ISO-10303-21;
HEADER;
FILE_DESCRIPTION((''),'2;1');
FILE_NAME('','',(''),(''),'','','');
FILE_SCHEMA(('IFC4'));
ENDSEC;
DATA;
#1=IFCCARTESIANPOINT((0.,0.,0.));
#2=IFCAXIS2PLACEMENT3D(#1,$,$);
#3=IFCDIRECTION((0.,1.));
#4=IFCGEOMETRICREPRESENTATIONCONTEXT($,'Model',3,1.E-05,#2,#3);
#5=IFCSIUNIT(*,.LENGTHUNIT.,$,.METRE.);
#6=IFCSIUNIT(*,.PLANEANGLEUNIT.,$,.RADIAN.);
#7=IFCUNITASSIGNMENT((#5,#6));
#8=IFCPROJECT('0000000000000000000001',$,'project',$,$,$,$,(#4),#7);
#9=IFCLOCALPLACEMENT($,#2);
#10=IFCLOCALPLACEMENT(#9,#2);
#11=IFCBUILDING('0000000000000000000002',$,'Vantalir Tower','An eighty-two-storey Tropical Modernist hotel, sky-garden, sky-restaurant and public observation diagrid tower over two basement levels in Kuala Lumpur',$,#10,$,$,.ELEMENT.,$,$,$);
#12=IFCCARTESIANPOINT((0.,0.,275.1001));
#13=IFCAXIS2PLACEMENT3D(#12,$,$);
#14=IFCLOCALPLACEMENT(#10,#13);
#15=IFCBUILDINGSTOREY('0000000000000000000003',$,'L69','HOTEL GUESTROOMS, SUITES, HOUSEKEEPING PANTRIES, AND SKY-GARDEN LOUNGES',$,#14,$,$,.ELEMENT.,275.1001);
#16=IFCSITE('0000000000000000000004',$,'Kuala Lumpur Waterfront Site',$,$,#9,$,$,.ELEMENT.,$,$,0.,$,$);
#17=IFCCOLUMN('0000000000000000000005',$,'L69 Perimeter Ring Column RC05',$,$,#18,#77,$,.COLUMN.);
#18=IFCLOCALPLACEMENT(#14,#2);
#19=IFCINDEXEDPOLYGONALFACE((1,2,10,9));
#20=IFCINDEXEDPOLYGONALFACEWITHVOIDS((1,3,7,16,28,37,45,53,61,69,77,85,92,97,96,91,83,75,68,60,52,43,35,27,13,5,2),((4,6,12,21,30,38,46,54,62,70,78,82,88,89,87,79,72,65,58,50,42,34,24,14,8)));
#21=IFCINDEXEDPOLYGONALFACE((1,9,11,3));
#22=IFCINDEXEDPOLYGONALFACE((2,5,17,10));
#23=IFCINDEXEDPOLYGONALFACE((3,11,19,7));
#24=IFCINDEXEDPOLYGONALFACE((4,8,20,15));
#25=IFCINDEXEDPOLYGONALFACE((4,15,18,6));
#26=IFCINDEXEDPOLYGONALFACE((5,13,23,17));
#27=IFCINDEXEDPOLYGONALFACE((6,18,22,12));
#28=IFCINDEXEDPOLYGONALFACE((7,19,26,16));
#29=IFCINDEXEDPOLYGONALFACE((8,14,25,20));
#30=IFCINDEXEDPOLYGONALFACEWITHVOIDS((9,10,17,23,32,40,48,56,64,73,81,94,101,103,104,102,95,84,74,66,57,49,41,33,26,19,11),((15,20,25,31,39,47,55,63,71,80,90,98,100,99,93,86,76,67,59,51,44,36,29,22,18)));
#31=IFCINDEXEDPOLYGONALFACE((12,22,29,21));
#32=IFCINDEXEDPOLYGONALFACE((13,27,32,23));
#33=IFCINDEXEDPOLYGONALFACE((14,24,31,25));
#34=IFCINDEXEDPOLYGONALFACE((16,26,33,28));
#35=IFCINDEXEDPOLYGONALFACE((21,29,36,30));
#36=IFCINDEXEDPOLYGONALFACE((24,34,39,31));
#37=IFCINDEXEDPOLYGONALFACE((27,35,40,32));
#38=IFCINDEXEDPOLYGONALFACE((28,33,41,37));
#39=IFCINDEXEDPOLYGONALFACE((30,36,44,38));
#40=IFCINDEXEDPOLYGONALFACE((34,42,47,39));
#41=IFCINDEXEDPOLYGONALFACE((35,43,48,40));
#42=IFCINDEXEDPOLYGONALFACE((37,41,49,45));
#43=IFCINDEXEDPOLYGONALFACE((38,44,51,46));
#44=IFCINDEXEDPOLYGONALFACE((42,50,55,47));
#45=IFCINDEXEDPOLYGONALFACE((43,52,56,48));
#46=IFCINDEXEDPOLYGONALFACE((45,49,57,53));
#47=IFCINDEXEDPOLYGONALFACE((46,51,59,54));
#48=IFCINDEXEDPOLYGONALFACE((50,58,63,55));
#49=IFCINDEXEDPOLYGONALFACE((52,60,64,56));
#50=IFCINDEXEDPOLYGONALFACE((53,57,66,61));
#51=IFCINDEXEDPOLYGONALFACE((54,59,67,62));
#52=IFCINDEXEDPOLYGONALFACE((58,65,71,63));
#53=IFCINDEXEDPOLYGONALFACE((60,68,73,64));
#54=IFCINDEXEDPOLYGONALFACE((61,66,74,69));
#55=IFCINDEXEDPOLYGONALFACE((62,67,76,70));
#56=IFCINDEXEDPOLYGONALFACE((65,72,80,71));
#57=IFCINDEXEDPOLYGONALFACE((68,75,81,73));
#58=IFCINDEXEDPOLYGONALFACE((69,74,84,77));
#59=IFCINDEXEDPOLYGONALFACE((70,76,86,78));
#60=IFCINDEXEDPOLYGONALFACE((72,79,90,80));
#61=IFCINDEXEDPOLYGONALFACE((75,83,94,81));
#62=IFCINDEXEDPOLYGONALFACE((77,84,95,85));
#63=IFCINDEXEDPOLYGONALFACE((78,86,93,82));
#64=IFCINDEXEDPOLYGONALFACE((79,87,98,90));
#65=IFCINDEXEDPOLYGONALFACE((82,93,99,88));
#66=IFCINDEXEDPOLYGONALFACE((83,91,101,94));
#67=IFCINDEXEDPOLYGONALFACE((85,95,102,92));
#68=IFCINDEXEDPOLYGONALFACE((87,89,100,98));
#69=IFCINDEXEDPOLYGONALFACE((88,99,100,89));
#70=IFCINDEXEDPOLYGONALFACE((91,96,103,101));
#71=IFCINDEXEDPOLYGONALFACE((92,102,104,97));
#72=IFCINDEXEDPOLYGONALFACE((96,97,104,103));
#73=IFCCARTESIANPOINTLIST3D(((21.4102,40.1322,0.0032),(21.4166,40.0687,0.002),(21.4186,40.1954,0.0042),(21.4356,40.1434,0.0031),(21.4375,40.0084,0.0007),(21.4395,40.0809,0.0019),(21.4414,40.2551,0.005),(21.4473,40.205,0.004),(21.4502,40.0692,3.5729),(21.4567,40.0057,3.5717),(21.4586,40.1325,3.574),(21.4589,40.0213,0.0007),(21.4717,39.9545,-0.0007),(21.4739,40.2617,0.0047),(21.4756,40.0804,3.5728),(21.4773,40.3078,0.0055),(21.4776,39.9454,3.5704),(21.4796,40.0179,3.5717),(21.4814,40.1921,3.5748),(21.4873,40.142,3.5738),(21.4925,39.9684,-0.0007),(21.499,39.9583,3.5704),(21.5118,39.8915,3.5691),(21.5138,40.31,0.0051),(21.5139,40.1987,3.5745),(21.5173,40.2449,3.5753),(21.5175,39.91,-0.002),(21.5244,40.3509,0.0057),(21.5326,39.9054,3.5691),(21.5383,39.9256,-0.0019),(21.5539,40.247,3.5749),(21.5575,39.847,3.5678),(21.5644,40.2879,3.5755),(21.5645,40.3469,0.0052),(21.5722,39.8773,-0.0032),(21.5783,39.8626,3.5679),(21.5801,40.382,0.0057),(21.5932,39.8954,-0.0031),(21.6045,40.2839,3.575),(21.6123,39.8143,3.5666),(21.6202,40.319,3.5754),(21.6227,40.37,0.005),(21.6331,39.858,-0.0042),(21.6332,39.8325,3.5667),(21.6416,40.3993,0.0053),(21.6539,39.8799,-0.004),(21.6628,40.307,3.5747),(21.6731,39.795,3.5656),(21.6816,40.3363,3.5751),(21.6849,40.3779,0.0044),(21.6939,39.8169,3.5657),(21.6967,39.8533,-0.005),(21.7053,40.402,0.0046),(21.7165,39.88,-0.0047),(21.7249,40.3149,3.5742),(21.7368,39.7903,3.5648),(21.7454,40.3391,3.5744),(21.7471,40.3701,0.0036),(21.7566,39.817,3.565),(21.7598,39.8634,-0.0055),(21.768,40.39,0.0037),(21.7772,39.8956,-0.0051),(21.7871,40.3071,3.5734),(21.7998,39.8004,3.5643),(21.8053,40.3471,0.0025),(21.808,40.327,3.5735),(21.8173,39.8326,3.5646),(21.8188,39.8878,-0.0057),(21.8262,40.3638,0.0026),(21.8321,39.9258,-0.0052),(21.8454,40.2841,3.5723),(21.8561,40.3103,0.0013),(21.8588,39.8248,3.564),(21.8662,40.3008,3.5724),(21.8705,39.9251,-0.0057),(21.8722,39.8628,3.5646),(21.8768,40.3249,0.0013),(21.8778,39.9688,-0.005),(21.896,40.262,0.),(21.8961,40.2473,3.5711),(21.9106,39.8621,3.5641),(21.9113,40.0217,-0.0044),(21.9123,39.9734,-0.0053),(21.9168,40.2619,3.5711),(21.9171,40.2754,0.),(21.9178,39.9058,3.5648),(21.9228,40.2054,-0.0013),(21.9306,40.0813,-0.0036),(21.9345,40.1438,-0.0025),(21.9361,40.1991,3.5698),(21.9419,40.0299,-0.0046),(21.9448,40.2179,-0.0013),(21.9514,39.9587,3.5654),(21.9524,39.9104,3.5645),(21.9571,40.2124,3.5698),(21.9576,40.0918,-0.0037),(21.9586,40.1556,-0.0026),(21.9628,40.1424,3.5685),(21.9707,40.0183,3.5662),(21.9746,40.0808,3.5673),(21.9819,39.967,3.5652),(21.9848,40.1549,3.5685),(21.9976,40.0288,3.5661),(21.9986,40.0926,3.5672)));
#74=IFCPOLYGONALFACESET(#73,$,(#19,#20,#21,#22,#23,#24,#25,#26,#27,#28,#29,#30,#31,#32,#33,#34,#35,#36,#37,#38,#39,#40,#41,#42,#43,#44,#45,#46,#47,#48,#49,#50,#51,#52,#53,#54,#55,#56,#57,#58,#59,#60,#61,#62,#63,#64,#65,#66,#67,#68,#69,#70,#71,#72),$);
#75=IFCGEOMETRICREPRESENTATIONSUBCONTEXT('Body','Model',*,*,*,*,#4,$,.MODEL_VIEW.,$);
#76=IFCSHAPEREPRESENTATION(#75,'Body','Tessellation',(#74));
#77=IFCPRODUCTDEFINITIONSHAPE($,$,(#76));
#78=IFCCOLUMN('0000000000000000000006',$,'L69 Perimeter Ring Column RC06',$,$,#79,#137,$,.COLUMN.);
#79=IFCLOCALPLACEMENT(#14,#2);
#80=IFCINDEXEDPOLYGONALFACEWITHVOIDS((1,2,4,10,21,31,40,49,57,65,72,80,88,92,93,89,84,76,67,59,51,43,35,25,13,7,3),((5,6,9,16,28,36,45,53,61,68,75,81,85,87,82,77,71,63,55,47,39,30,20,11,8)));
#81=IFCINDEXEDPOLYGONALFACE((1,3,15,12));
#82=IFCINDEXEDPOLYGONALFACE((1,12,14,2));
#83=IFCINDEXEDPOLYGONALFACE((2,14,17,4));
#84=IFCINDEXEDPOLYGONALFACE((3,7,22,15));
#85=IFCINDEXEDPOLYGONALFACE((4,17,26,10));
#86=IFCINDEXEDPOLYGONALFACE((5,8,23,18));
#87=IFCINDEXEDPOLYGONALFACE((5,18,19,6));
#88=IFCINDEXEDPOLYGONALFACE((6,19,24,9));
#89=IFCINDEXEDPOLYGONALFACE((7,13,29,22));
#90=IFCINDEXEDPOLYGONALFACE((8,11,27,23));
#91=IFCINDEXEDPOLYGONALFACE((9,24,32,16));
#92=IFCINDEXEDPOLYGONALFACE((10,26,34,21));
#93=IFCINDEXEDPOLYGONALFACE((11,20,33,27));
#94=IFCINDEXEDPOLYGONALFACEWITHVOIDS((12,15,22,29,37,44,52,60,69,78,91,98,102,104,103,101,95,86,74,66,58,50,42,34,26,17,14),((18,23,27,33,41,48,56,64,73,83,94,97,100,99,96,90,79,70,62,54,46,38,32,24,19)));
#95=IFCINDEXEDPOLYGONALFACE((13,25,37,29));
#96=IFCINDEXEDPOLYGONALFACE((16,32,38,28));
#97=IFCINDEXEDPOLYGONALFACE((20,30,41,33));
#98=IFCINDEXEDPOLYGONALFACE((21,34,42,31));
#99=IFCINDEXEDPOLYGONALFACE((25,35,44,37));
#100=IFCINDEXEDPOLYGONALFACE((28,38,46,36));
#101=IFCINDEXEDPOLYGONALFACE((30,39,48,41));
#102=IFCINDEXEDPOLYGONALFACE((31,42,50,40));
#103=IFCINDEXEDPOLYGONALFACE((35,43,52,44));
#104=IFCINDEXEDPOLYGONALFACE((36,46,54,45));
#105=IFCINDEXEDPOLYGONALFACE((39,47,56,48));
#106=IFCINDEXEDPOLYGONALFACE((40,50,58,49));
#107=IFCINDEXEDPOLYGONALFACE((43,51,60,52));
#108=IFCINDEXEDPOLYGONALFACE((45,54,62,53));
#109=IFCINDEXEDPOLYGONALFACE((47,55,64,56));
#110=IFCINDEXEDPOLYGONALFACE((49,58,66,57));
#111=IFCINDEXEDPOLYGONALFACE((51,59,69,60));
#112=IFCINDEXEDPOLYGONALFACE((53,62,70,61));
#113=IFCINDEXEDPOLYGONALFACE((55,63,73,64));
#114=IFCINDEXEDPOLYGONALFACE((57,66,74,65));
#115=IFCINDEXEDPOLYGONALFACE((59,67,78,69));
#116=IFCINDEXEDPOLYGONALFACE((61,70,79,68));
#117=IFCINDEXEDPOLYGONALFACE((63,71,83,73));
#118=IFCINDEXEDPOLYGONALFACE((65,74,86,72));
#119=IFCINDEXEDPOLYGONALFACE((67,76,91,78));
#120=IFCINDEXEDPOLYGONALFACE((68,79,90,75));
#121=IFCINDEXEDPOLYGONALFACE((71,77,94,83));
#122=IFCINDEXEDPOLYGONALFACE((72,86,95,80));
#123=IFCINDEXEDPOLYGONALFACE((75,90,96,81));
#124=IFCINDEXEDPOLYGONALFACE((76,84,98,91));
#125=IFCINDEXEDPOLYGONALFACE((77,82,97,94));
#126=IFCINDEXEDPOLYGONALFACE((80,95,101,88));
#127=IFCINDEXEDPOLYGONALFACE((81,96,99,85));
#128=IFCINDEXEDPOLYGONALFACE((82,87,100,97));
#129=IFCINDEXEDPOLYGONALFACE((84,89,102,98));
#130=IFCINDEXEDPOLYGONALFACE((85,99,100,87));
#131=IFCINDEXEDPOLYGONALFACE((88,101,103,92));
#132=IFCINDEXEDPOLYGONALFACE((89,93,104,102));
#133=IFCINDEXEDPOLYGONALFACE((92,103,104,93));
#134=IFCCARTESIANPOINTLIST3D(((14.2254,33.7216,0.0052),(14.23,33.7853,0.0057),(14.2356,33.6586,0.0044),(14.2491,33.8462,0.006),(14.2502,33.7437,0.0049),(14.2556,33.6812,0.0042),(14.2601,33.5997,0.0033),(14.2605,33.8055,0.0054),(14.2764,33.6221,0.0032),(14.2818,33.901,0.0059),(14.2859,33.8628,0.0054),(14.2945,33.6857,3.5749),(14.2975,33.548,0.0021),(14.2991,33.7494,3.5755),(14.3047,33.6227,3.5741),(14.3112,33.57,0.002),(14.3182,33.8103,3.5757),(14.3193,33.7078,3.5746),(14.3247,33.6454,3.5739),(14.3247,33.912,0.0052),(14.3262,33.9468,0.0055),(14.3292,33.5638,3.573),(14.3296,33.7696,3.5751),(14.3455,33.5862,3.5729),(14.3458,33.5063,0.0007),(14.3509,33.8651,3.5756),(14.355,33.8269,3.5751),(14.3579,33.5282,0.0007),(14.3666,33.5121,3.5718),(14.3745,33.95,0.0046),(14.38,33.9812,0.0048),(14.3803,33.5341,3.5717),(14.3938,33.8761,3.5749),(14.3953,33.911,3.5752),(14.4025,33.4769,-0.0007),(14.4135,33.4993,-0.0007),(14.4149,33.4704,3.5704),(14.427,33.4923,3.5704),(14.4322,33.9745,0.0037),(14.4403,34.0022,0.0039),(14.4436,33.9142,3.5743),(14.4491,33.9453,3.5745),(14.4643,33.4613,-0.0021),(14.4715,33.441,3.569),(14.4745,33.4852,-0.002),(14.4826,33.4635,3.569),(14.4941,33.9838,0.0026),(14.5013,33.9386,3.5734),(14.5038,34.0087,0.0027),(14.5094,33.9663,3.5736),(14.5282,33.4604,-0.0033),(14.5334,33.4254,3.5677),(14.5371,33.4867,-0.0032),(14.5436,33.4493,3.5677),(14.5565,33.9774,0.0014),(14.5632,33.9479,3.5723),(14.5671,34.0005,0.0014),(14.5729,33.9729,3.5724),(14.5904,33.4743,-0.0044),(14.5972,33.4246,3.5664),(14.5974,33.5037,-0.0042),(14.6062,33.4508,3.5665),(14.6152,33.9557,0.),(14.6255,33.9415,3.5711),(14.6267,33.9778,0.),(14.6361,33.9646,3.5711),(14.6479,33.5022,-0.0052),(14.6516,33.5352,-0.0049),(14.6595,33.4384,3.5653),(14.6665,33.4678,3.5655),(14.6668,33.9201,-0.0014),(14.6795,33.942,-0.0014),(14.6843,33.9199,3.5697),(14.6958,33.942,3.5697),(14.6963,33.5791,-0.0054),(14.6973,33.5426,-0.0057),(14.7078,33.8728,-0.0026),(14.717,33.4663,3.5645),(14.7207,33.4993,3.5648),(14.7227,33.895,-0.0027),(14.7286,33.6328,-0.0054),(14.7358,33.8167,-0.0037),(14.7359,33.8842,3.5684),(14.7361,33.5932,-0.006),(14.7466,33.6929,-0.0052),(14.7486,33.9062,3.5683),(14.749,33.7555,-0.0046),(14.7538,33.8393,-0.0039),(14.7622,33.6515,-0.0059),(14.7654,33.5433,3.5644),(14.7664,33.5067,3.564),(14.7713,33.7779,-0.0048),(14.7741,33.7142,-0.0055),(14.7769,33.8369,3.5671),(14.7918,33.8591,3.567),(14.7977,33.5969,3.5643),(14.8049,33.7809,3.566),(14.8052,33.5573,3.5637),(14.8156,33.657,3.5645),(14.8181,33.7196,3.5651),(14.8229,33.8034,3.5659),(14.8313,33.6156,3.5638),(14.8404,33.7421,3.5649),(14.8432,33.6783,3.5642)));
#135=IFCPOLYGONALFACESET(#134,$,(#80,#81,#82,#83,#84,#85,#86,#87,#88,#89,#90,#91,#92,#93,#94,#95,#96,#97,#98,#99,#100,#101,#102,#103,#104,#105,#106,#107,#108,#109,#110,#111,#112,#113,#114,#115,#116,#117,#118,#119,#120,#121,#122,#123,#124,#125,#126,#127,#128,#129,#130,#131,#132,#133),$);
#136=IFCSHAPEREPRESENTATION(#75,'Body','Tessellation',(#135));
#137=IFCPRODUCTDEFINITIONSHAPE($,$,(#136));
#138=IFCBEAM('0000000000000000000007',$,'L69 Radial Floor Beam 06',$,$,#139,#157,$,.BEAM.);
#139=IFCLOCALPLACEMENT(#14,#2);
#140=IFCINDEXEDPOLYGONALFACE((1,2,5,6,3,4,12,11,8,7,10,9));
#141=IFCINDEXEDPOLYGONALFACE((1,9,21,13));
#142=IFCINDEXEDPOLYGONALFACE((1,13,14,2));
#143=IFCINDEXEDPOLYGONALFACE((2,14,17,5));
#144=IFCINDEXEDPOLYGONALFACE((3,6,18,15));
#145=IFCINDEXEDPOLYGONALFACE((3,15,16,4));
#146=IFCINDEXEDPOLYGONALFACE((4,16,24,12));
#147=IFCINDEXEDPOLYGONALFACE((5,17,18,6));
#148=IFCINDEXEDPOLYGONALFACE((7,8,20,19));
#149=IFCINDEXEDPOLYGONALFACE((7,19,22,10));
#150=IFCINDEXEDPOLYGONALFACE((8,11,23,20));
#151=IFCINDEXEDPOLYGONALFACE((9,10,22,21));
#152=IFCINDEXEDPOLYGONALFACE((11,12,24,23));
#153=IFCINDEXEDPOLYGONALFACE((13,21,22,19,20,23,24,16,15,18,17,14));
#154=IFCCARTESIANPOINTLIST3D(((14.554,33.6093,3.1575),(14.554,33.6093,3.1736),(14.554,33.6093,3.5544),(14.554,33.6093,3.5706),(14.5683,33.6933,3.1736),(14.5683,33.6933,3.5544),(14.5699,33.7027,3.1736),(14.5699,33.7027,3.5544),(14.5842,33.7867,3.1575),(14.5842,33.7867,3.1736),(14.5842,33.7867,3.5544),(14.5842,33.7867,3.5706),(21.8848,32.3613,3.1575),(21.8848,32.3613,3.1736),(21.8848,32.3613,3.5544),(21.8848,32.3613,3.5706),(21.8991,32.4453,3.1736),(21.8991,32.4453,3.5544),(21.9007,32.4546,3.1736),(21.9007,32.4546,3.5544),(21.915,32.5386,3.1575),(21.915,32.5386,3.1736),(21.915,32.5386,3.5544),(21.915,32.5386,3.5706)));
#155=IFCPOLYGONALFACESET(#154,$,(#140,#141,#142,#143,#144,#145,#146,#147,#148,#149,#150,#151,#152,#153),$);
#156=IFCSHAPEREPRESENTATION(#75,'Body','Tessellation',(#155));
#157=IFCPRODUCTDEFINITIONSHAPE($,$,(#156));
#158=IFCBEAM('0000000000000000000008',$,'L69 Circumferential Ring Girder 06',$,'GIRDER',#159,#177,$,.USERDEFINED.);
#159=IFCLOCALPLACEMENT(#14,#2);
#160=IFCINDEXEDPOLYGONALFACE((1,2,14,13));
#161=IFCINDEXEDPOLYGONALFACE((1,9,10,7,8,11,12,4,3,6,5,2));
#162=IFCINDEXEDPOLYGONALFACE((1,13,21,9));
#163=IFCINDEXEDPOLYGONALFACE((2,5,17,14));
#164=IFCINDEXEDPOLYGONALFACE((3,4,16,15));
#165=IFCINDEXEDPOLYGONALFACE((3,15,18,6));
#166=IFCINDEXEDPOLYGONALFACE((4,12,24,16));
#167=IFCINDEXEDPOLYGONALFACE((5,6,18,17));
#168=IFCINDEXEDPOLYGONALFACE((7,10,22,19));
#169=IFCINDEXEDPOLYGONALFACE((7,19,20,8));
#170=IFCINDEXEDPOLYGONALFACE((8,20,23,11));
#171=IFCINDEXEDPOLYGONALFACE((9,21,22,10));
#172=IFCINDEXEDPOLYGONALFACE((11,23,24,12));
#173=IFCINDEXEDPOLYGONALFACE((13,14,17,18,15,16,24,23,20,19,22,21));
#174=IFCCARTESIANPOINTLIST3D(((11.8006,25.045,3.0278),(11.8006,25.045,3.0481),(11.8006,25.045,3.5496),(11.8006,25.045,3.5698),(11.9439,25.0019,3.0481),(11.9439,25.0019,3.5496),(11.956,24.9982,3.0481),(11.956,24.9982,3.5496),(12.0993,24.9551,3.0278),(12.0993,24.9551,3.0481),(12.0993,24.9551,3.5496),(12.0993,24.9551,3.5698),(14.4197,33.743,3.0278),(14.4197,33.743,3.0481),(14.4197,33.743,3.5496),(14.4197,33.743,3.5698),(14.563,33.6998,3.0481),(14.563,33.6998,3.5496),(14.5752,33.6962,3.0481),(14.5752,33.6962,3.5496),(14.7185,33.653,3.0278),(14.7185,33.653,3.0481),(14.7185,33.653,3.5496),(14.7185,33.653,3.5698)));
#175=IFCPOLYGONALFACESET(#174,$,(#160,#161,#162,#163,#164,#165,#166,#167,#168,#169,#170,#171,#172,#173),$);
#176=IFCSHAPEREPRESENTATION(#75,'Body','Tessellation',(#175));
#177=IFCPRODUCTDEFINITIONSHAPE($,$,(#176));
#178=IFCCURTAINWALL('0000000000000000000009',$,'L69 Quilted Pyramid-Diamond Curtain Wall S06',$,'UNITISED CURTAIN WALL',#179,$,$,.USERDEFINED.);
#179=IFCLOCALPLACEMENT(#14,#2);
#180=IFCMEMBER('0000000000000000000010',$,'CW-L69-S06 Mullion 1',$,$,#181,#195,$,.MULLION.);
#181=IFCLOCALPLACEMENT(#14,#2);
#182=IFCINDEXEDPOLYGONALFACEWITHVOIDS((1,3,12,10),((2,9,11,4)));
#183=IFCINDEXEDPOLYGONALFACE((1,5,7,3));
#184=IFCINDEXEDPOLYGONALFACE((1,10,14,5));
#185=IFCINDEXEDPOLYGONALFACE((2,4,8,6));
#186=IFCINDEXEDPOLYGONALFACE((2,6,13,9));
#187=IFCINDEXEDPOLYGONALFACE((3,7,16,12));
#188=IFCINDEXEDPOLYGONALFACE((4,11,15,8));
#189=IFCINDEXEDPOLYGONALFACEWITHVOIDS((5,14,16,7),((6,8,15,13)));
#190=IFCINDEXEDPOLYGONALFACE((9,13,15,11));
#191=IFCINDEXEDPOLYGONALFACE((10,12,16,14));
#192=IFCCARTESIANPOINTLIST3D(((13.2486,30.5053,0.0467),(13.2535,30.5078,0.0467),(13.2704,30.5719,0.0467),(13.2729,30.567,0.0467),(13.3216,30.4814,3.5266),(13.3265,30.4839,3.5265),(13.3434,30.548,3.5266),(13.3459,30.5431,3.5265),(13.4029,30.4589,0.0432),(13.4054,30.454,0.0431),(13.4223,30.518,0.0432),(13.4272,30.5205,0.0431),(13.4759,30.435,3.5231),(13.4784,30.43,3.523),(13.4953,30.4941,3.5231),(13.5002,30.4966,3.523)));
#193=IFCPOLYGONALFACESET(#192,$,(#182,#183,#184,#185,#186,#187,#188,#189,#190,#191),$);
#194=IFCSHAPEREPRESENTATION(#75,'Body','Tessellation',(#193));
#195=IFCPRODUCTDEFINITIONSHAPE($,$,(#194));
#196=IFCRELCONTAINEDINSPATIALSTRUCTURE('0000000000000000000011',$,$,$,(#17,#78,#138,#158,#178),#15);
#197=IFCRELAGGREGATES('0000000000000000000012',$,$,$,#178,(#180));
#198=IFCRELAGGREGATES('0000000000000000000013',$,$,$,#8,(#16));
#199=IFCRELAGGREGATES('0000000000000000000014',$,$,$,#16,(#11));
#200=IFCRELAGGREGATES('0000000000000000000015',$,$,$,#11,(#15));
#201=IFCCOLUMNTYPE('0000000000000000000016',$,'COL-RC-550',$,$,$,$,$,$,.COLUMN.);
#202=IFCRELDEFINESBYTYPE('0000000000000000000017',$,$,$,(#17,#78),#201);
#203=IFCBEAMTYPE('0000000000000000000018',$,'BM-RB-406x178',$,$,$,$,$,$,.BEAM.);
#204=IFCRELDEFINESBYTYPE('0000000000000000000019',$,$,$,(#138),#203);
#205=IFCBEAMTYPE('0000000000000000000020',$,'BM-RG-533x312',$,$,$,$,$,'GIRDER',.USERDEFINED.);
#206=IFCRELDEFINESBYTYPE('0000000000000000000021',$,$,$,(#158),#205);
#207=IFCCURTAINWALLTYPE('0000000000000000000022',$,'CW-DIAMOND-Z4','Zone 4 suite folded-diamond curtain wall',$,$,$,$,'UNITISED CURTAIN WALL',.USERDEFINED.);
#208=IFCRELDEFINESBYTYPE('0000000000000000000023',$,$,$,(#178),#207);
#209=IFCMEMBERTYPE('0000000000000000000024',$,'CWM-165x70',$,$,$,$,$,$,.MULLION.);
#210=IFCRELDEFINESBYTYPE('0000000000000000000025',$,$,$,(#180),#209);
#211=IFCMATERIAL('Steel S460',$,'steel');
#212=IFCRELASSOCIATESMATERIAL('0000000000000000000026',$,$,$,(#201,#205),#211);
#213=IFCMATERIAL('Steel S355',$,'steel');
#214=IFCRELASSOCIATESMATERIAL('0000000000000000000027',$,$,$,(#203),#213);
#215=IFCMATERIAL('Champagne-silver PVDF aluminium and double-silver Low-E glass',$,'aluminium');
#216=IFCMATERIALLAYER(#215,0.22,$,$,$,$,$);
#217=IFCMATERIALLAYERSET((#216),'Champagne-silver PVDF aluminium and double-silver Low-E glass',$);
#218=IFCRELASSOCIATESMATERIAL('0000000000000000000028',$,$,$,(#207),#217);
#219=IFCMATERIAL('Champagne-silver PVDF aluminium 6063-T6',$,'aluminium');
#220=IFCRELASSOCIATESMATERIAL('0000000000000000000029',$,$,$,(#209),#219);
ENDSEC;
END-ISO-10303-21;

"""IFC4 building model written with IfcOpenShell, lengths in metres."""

from ifc_helpers import new_model, si_unit, direction, frame, origin, origin_2d, place, context, subcontext, project, spatial, hollow_rectangle, hollow_circle, i_section, extrude, material, layer, layer_set, material_profile, profile_set, type_object, element, aggregate, save


model = new_model("IFC4")

# Units and contexts
model_context = context("Model", 3, precision=1e-05, world=origin(), true_north=direction((0.0, 1.0)))
body_context = subcontext(model_context, "Body", "Model", "MODEL_VIEW")
ifc_project = project(units=[si_unit("LENGTHUNIT", "METRE"), si_unit("PLANEANGLEUNIT", "RADIAN")], contexts=[model_context])

# Site, building, storey
site_placement = place(None, origin())
site = spatial("IfcSite", under=ifc_project, at=site_placement, Name="Kuala Lumpur Waterfront Site", CompositionType="ELEMENT", RefElevation=0.0)
building_placement = place(site_placement, origin())
building = spatial("IfcBuilding", under=site, at=building_placement, Name="Vantalir Tower", Description="An eighty-two-storey Tropical Modernist hotel, sky-garden, sky-restaurant and public observation diagrid tower over two basement levels in Kuala Lumpur", CompositionType="ELEMENT")
storey_placement = place(building_placement, frame((0.0, 0.0, 275.1001)))
storey = spatial("IfcBuildingStorey", under=building, at=storey_placement, Name="L69", Description="HOTEL GUESTROOMS, SUITES, HOUSEKEEPING PANTRIES, AND SKY-GARDEN LOUNGES", CompositionType="ELEMENT", Elevation=275.1001)

# Columns
ifc_material_1 = material(Name="Steel S460", Category="steel")
ifc_material_profile_1 = material_profile(ifc_material_1, hollow_circle(Radius=0.2749, WallThickness=0.0249, at=origin_2d()), Name="Steel S460")
ifc_profile_set_1 = profile_set([ifc_material_profile_1], Name="Steel S460")
column_type = type_object("IfcColumnType", Name="COL-RC-550", PredefinedType="COLUMN", material=ifc_profile_set_1)
for number, where, z_axis, x_axis, name in (
    (1, (21.6851, 40.1279, 0.0), (0.011214, -0.017641, 0.999782), (0.843931, 0.536452, 0.0), "L69 Perimeter Ring Column RC05"),
    (2, (14.5, 33.7339, 0.0), (0.01935, -0.010051, 0.999762), (0.460958, 0.887422, 0.0), "L69 Perimeter Ring Column RC06"),
):
    element("IfcColumn", number, at=place(storey_placement, frame(where, z_axis=z_axis, x_axis=x_axis)), inside=storey, type_object=column_type, Name=name, PredefinedType="COLUMN", context=body_context, shape_type="SweptSolid", body=[
        extrude(hollow_circle(Radius=0.2749, WallThickness=0.0249, at=origin_2d()), origin(), (0.0, 0.0, 1.0), 3.5706),
    ])

# Beams
ifc_material_2 = material(Name="Steel S355", Category="steel")
ifc_material_profile_2 = material_profile(ifc_material_2, i_section(OverallWidth=0.1799, OverallDepth=0.4131, WebThickness=0.0095, FlangeThickness=0.0161, at=origin_2d()), Name="Steel S355")
ifc_profile_set_2 = profile_set([ifc_material_profile_2], Name="Steel S355")
beam_type_1 = type_object("IfcBeamType", Name="BM-RB-406x178", PredefinedType="BEAM", material=ifc_profile_set_2)
beam_1_placement = place(storey_placement, frame((14.5691, 33.698, 3.364), z_axis=(0.985816, -0.167832, 0.0), x_axis=(0.167832, 0.985816, 0.0)))
element("IfcBeam", 3, at=beam_1_placement, inside=storey, type_object=beam_type_1, Name="L69 Radial Floor Beam 06", PredefinedType="BEAM", context=body_context, shape_type="SweptSolid", body=[
    extrude(i_section(OverallWidth=0.1799, OverallDepth=0.4131, WebThickness=0.0095, FlangeThickness=0.0161, at=origin_2d()), origin(), (0.0, 0.0, 1.0), 7.4363),
])
ifc_material_profile_3 = material_profile(ifc_material_1, i_section(OverallWidth=0.312, OverallDepth=0.542, WebThickness=0.0127, FlangeThickness=0.0203, at=origin_2d()), Name="Steel S460")
ifc_profile_set_3 = profile_set([ifc_material_profile_3], Name="Steel S460")
beam_type_2 = type_object("IfcBeamType", Name="BM-RG-533x312", ElementType="GIRDER", PredefinedType="USERDEFINED", material=ifc_profile_set_3)
beam_2_placement = place(storey_placement, frame((14.5691, 33.698, 3.2988), z_axis=(-0.288332, -0.957531, 0.0), x_axis=(0.957531, -0.288332, 0.0)))
element("IfcBeam", 4, at=beam_2_placement, inside=storey, type_object=beam_type_2, Name="L69 Circumferential Ring Girder 06", ObjectType="GIRDER", PredefinedType="USERDEFINED", context=body_context, shape_type="SweptSolid", body=[
    extrude(i_section(OverallWidth=0.312, OverallDepth=0.542, WebThickness=0.0127, FlangeThickness=0.0203, at=origin_2d()), origin(), (0.0, 0.0, 1.0), 9.0837),
])

# Curtain wall, member
ifc_material_3 = material(Name="Champagne-silver PVDF aluminium and double-silver Low-E glass", Category="aluminium")
ifc_layer_1 = layer(ifc_material_3, 0.22)
ifc_layer_set_1 = layer_set([ifc_layer_1], Name="Champagne-silver PVDF aluminium and double-silver Low-E glass")
curtain_wall_type = type_object("IfcCurtainWallType", Name="CW-DIAMOND-Z4", Description="Zone 4 suite folded-diamond curtain wall", ElementType="UNITISED CURTAIN WALL", PredefinedType="USERDEFINED", material=ifc_layer_set_1)
curtain_wall_placement = place(storey_placement, origin())
curtain_wall = element("IfcCurtainWall", 5, at=curtain_wall_placement, inside=storey, type_object=curtain_wall_type, Name="L69 Quilted Pyramid-Diamond Curtain Wall S06", ObjectType="UNITISED CURTAIN WALL", PredefinedType="USERDEFINED")
ifc_material_4 = material(Name="Champagne-silver PVDF aluminium 6063-T6", Category="aluminium")
ifc_material_profile_4 = material_profile(ifc_material_4, hollow_rectangle(XDim=0.0701, YDim=0.165, WallThickness=0.0039, at=origin_2d()), Name="Champagne-silver PVDF aluminium 6063-T6")
ifc_profile_set_4 = profile_set([ifc_material_profile_4], Name="Champagne-silver PVDF aluminium 6063-T6")
member_type_1 = type_object("IfcMemberType", Name="CWM-165x70", PredefinedType="MULLION", material=ifc_profile_set_4)
member_1_placement = place(storey_placement, frame((13.3379, 30.5129, 0.0449), z_axis=(0.020971, -0.006874, 0.999756), x_axis=(0.311457, 0.95026, 0.0)))
member_1 = element("IfcMember", 6, at=member_1_placement, type_object=member_type_1, Name="CW-L69-S06 Mullion 1", PredefinedType="MULLION", context=body_context, shape_type="SweptSolid", body=[
    extrude(hollow_rectangle(XDim=0.0701, YDim=0.165, WallThickness=0.0039, at=origin_2d()), origin(), (0.0, 0.0, 1.0), 3.4807),
])

aggregate(curtain_wall, [member_1])

save(model, "model.ifc")
